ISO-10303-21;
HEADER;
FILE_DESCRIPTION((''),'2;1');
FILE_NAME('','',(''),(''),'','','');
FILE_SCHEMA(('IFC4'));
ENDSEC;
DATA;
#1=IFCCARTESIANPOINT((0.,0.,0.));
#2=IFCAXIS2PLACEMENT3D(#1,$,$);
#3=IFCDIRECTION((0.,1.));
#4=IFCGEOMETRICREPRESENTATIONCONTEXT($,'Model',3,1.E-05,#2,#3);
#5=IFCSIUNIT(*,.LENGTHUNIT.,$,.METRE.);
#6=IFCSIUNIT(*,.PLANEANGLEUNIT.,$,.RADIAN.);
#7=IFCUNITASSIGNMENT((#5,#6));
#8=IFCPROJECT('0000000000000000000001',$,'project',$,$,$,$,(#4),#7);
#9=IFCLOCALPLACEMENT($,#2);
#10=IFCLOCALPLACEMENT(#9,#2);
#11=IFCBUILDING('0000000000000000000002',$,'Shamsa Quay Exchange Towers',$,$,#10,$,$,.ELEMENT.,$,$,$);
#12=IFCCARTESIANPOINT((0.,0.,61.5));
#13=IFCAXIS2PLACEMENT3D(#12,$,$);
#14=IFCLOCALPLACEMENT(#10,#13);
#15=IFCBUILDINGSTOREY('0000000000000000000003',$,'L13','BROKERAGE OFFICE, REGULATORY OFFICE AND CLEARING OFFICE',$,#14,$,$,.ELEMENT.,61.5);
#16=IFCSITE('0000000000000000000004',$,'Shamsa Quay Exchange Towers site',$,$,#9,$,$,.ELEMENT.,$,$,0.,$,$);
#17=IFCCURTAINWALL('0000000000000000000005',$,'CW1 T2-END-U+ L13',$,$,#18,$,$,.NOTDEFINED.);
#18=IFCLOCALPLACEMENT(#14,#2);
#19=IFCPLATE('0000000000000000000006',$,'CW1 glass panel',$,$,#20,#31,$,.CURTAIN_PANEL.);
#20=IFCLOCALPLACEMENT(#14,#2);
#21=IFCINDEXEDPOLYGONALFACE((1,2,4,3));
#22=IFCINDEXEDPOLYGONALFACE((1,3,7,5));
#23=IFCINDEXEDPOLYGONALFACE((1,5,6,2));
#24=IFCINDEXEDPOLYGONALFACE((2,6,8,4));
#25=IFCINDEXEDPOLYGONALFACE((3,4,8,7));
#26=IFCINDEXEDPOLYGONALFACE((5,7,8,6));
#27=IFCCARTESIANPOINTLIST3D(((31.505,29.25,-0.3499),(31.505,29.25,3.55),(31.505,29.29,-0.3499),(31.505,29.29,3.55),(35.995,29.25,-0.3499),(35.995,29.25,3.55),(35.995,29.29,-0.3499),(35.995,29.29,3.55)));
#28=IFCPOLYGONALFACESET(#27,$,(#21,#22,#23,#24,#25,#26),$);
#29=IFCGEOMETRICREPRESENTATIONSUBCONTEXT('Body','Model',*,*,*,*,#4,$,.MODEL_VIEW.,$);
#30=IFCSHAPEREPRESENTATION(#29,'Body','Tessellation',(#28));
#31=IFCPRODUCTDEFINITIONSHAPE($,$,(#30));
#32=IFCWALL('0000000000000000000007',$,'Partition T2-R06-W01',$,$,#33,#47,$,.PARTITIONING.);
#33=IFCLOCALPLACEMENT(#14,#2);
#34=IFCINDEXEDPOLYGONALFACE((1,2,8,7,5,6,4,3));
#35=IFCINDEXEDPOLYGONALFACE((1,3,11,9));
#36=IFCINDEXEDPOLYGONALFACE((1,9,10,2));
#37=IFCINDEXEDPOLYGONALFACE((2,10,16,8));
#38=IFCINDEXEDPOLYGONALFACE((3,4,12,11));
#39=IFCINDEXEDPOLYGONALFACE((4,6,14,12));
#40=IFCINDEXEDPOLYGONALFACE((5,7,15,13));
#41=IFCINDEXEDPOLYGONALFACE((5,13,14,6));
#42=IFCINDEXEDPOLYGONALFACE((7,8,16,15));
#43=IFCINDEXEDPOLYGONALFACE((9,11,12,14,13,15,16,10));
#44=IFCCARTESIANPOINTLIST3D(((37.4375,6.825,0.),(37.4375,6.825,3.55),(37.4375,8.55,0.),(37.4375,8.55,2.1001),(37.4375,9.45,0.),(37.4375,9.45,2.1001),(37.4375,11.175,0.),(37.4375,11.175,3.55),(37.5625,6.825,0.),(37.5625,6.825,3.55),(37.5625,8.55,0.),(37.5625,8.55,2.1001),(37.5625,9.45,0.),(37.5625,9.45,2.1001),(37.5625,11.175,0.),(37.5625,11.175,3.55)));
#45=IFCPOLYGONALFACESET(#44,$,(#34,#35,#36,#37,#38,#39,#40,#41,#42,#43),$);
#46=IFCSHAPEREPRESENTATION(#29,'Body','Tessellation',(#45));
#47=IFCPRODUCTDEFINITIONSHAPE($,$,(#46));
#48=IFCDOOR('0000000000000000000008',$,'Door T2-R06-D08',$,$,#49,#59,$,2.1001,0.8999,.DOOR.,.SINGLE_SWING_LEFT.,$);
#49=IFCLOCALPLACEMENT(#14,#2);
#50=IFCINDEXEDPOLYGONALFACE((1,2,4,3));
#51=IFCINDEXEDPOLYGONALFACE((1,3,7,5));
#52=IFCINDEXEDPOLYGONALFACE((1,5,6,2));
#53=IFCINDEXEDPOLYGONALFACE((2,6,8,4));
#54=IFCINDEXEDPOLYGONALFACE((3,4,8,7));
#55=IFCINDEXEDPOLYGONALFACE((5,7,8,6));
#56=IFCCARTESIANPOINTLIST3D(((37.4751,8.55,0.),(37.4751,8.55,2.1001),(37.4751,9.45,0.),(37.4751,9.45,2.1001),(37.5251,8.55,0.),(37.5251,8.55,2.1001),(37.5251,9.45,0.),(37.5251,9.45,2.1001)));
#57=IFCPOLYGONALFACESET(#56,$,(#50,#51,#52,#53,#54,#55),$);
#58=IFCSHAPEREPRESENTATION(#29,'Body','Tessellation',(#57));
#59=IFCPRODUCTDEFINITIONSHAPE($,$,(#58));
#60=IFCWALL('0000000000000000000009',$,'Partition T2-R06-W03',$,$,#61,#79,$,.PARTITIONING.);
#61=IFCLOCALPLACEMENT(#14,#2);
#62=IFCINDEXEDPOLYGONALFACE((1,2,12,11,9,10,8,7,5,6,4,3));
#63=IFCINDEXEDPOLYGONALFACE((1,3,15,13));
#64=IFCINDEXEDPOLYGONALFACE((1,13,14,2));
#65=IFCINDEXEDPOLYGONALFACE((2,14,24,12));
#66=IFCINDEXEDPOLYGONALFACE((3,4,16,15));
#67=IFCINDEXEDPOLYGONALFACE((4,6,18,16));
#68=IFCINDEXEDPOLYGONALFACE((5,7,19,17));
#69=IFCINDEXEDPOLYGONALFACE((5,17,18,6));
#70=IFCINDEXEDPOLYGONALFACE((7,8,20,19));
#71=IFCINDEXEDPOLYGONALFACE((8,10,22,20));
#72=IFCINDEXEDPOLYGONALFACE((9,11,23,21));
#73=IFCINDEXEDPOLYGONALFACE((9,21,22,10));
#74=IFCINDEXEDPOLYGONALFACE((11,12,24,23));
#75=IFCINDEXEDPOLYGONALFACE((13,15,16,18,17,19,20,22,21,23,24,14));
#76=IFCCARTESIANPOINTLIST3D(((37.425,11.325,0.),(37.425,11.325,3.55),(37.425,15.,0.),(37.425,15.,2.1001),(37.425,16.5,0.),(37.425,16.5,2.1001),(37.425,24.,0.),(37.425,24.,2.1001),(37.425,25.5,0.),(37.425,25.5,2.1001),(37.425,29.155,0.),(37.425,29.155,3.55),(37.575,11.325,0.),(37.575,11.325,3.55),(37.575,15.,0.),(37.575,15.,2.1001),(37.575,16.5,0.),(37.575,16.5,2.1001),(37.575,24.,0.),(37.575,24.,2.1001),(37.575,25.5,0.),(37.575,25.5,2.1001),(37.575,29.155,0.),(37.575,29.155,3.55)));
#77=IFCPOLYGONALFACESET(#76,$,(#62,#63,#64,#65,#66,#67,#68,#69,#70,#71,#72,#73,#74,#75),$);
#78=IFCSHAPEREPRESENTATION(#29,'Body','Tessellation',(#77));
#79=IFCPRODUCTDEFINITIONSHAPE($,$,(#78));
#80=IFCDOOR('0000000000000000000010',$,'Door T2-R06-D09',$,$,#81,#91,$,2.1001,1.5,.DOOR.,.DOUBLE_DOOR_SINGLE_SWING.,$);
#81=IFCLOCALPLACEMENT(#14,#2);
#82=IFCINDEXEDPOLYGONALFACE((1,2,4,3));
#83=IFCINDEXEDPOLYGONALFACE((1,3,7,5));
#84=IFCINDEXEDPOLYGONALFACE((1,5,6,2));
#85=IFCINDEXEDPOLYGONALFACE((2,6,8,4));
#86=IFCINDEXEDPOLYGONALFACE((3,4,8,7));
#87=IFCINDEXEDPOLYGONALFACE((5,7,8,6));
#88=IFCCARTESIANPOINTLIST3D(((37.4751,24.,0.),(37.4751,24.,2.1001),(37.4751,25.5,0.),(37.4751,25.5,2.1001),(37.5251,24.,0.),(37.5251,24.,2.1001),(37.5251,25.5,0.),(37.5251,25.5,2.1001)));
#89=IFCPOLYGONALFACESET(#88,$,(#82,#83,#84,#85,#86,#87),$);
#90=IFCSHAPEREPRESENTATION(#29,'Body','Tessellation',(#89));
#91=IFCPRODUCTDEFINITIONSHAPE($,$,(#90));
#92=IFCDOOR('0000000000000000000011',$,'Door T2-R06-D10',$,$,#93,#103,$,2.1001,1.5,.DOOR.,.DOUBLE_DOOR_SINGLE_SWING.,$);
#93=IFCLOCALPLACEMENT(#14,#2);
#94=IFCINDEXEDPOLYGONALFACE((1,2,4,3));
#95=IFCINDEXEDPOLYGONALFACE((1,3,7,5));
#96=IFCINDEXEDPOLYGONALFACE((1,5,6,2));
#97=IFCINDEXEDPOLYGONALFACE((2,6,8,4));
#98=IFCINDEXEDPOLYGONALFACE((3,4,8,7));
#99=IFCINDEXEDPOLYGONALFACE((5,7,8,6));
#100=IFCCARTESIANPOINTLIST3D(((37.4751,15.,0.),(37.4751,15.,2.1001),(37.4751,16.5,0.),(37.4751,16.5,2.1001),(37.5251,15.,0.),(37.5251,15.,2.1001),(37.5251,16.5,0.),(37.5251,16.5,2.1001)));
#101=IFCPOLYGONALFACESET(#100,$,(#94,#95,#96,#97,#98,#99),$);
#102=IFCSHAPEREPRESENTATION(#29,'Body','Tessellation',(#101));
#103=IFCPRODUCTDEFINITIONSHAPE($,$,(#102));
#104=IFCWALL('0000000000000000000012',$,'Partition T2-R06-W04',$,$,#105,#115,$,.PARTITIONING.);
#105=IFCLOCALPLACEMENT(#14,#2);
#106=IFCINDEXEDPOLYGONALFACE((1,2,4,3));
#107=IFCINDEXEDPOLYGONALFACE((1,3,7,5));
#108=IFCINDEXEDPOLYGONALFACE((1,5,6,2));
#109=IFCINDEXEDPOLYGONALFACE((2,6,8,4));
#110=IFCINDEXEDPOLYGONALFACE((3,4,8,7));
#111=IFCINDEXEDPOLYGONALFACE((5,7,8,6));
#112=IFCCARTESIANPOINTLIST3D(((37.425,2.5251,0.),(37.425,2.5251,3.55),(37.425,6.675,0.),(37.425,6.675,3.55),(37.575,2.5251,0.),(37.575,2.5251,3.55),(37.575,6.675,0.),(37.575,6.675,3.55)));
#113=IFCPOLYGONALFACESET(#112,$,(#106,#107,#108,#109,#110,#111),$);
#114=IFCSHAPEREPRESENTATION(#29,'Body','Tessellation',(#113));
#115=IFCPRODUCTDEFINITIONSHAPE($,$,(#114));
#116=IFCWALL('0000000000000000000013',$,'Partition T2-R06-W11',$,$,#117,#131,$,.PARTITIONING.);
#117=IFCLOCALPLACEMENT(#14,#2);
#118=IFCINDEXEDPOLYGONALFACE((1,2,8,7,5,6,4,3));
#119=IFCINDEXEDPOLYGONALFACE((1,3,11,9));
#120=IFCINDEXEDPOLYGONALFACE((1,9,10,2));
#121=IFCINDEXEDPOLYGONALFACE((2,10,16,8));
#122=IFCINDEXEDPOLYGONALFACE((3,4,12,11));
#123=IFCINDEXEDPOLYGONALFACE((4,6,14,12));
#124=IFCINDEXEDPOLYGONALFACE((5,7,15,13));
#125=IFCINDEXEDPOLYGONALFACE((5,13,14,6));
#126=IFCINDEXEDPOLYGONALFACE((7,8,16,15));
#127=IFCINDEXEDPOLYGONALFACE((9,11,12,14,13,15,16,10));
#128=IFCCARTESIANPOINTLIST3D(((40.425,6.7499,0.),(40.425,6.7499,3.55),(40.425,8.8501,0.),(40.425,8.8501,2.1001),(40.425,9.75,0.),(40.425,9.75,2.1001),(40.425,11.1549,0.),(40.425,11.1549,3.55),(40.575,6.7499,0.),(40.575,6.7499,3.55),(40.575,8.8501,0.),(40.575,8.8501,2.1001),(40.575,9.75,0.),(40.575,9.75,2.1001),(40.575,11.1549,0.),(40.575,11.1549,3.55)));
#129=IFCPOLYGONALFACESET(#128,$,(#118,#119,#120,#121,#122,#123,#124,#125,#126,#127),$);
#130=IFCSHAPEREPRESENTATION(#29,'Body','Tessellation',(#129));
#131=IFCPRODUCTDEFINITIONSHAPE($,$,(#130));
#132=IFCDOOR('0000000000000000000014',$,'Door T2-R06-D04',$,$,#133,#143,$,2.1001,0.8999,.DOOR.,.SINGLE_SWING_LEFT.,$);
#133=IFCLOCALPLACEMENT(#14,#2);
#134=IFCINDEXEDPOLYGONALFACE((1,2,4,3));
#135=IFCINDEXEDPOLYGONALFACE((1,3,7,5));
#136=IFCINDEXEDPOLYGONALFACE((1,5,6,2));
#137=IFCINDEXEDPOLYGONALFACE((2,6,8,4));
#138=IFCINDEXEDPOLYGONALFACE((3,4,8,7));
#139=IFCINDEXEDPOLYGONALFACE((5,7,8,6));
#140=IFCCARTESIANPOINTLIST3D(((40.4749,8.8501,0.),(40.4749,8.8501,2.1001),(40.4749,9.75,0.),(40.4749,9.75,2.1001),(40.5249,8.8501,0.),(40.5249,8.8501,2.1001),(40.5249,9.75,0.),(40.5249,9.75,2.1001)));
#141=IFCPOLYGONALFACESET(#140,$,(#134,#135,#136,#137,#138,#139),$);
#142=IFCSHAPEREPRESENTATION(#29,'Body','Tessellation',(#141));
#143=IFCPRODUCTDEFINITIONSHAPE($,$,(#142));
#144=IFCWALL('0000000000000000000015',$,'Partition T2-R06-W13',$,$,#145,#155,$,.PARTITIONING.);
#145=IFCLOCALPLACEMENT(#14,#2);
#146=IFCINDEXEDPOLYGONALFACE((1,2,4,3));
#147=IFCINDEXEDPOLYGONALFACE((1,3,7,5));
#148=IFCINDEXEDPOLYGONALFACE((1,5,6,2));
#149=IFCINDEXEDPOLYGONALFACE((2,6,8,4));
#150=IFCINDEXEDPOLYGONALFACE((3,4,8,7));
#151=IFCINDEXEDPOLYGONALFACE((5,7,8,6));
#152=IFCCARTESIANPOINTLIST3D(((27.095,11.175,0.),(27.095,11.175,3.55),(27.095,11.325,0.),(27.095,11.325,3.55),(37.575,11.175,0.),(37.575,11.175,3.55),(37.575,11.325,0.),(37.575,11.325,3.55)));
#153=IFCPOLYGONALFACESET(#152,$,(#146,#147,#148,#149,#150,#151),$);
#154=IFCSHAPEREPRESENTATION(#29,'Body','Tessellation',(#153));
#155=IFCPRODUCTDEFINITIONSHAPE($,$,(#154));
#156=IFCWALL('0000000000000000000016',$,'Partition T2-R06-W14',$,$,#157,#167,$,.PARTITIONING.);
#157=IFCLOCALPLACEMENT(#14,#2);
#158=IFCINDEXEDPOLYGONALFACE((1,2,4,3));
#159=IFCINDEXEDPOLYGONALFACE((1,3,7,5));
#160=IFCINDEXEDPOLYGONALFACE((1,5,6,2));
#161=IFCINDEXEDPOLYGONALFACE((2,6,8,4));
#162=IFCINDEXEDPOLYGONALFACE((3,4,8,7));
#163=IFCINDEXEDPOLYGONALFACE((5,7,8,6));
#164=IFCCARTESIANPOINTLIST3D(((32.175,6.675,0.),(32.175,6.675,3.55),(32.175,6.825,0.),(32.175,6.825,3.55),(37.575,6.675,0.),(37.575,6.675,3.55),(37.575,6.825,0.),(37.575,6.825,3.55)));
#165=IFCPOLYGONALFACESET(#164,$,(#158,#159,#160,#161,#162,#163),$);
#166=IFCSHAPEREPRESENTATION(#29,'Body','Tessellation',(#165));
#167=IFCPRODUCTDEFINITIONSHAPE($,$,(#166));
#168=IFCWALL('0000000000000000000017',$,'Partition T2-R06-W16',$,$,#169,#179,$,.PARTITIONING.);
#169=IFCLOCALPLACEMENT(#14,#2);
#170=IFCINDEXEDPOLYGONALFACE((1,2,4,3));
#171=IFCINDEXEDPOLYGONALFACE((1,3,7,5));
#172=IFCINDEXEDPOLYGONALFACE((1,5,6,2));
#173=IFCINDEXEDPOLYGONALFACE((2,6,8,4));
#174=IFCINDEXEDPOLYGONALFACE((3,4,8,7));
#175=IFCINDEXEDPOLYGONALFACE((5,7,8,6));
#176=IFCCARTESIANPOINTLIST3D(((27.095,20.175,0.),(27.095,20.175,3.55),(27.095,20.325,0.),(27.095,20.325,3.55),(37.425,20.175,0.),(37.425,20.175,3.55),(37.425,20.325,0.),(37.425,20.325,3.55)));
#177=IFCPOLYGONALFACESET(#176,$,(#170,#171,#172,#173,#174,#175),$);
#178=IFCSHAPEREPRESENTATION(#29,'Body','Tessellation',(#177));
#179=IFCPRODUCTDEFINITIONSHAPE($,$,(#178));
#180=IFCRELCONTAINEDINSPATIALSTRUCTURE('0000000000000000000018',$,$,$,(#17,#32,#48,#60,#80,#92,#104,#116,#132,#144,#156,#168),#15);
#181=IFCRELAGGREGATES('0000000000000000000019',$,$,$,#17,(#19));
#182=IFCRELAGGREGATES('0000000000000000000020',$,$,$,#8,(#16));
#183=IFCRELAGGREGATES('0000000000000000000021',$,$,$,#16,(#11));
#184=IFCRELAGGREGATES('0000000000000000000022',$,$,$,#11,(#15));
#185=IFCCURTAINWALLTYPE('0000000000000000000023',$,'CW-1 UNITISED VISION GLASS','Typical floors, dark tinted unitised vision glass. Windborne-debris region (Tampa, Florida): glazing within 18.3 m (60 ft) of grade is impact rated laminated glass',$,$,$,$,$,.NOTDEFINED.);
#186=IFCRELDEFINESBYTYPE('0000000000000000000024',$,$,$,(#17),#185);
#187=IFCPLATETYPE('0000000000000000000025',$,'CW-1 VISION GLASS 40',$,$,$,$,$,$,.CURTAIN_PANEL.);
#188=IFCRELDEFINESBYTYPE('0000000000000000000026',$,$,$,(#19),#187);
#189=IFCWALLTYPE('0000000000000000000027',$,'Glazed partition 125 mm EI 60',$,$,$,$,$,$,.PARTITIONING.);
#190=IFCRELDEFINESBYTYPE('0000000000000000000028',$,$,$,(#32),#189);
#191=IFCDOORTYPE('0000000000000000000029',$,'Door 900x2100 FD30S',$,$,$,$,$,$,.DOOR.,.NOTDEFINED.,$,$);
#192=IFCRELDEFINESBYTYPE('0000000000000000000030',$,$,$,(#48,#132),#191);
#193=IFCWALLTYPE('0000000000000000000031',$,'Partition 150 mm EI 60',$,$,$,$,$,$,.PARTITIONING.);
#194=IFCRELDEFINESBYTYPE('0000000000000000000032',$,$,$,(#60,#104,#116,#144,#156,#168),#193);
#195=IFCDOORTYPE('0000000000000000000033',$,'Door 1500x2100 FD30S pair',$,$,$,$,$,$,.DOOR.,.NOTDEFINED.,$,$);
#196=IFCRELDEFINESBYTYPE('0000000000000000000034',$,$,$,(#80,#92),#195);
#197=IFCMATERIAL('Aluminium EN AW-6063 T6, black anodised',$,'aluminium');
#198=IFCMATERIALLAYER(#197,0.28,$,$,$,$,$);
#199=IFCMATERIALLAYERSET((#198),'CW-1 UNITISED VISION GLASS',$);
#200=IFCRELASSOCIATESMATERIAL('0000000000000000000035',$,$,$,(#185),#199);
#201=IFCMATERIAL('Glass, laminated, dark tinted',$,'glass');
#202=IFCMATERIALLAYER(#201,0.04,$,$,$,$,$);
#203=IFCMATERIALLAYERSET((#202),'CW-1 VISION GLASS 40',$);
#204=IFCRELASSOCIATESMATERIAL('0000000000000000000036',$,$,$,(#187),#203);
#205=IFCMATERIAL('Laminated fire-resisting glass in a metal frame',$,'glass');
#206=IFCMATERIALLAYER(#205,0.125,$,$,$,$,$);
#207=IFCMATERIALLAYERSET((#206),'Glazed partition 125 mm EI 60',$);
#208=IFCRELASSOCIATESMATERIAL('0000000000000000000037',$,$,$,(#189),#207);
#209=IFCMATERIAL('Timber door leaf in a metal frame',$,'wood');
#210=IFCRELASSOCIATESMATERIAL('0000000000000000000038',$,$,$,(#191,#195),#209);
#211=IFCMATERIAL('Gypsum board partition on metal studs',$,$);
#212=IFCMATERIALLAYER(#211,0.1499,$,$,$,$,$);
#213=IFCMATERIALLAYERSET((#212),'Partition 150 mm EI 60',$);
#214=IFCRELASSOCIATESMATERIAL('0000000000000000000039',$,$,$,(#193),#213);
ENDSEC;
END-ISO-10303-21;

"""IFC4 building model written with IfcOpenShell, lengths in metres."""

from ifc_helpers import new_model, si_unit, direction, frame, frame_2d, origin, origin_2d, place, context, subcontext, project, spatial, rectangle, extrude, material, layer, layer_set, type_object, element, fill, aggregate, save


model = new_model("IFC4")

# Units and contexts
model_context = context("Model", 3, precision=1e-05, world=origin(), true_north=direction((0.0, 1.0)))
body_context = subcontext(model_context, "Body", "Model", "MODEL_VIEW")
ifc_project = project(units=[si_unit("LENGTHUNIT", "METRE"), si_unit("PLANEANGLEUNIT", "RADIAN")], contexts=[model_context])

# Site, building, storey
site_placement = place(None, origin())
site = spatial("IfcSite", under=ifc_project, at=site_placement, Name="Shamsa Quay Exchange Towers site", CompositionType="ELEMENT", RefElevation=0.0)
building_placement = place(site_placement, origin())
building = spatial("IfcBuilding", under=site, at=building_placement, Name="Shamsa Quay Exchange Towers", CompositionType="ELEMENT")
storey_placement = place(building_placement, frame((0.0, 0.0, 61.5)))
storey = spatial("IfcBuildingStorey", under=building, at=storey_placement, Name="L13", Description="BROKERAGE OFFICE, REGULATORY OFFICE AND CLEARING OFFICE", CompositionType="ELEMENT", Elevation=61.5)

# Shared definitions
ifc_material_1 = material(Name="Aluminium EN AW-6063 T6, black anodised", Category="aluminium")
ifc_layer_1 = layer(ifc_material_1, 0.28)
ifc_layer_set_1 = layer_set([ifc_layer_1], Name="CW-1 UNITISED VISION GLASS")
curtain_wall_type = type_object("IfcCurtainWallType", Name="CW-1 UNITISED VISION GLASS", Description="Typical floors, dark tinted unitised vision glass. Windborne-debris region (Tampa, Florida): glazing within 18.3 m (60 ft) of grade is impact rated laminated glass", PredefinedType="NOTDEFINED", material=ifc_layer_set_1)

# Curtain wall
curtain_wall_1_placement = place(storey_placement, origin())
curtain_wall_1 = element("IfcCurtainWall", 1, at=curtain_wall_1_placement, inside=storey, type_object=curtain_wall_type, Name="CW1 T2-END-U+ L13", PredefinedType="NOTDEFINED")

# Plate
ifc_material_2 = material(Name="Glass, laminated, dark tinted", Category="glass")
ifc_layer_2 = layer(ifc_material_2, 0.04)
ifc_layer_set_2 = layer_set([ifc_layer_2], Name="CW-1 VISION GLASS 40")
plate_type = type_object("IfcPlateType", Name="CW-1 VISION GLASS 40", PredefinedType="CURTAIN_PANEL", material=ifc_layer_set_2)
plate_1_placement = place(storey_placement, frame((33.75, 29.27, -0.3499), z_axis=(0.0, 0.0, 1.0), x_axis=(-1.0, 0.0, 0.0)))
plate_1 = element("IfcPlate", 2, at=plate_1_placement, type_object=plate_type, Name="CW1 glass panel", PredefinedType="CURTAIN_PANEL", context=body_context, shape_type="SweptSolid", body=[
    extrude(rectangle(XDim=4.49, YDim=0.04, at=origin_2d()), origin(), (0.0, 0.0, 1.0), 3.8999),
])
aggregate(curtain_wall_1, [plate_1])

# Wall, opening, door
ifc_material_3 = material(Name="Laminated fire-resisting glass in a metal frame", Category="glass")
ifc_layer_3 = layer(ifc_material_3, 0.125)
ifc_layer_set_3 = layer_set([ifc_layer_3], Name="Glazed partition 125 mm EI 60")
wall_type_1 = type_object("IfcWallType", Name="Glazed partition 125 mm EI 60", PredefinedType="PARTITIONING", material=ifc_layer_set_3)
wall_1_placement = place(storey_placement, frame((37.5, 6.825, 0.0), z_axis=(0.0, 0.0, 1.0), x_axis=(0.0, 1.0, 0.0)))
wall_1 = element("IfcWall", 3, at=wall_1_placement, inside=storey, type_object=wall_type_1, Name="Partition T2-R06-W01", PredefinedType="PARTITIONING", context=body_context, shape_type="SweptSolid", body=[
    extrude(rectangle(XDim=4.3501, YDim=0.125, at=frame_2d((2.175, 0.0))), origin(), (0.0, 0.0, 1.0), 3.55),
])
opening_1_placement = place(wall_1_placement, frame((1.7251, 0.0, 0.0)))
opening_1 = element("IfcOpeningElement", 4, at=opening_1_placement, cuts=wall_1, PredefinedType="OPENING", context=body_context, shape_type="SweptSolid", body=[
    extrude(rectangle(XDim=0.8999, YDim=2.1001, at=frame_2d((0.45, 1.05))), frame((0.0, 0.0725, 0.0), z_axis=(0.0, -1.0, 0.0), x_axis=(1.0, 0.0, 0.0)), (0.0, 0.0, 1.0), 0.145),
])
ifc_material_4 = material(Name="Timber door leaf in a metal frame", Category="wood")
door_type_1 = type_object("IfcDoorType", Name="Door 900x2100 FD30S", OperationType="NOTDEFINED", PredefinedType="DOOR", material=ifc_material_4)
door_1_placement = place(opening_1_placement, origin())
door_1 = element("IfcDoor", 5, at=door_1_placement, inside=storey, type_object=door_type_1, Name="Door T2-R06-D08", OperationType="SINGLE_SWING_LEFT", OverallHeight=2.1001, OverallWidth=0.8999, PredefinedType="DOOR", context=body_context, shape_type="SweptSolid", body=[
    extrude(rectangle(XDim=0.8999, YDim=2.1001, at=frame_2d((0.45, 1.05))), frame((0.0, 0.0249, 0.0), z_axis=(0.0, -1.0, 0.0), x_axis=(1.0, 0.0, 0.0)), (0.0, 0.0, 1.0), 0.05),
])
fill(opening_1, door_1)

# Wall, openings, doors
ifc_material_5 = material(Name="Gypsum board partition on metal studs")
ifc_layer_4 = layer(ifc_material_5, 0.1499)
ifc_layer_set_4 = layer_set([ifc_layer_4], Name="Partition 150 mm EI 60")
wall_type_2 = type_object("IfcWallType", Name="Partition 150 mm EI 60", PredefinedType="PARTITIONING", material=ifc_layer_set_4)
wall_2_placement = place(storey_placement, frame((37.5, 11.325, 0.0), z_axis=(0.0, 0.0, 1.0), x_axis=(0.0, 1.0, 0.0)))
wall_2 = element("IfcWall", 6, at=wall_2_placement, inside=storey, type_object=wall_type_2, Name="Partition T2-R06-W03", PredefinedType="PARTITIONING", context=body_context, shape_type="SweptSolid", body=[
    extrude(rectangle(XDim=17.8301, YDim=0.1499, at=frame_2d((8.915, 0.0))), origin(), (0.0, 0.0, 1.0), 3.55),
])
opening_2_placement = place(wall_2_placement, frame((12.675, 0.0, 0.0)))
opening_2 = element("IfcOpeningElement", 7, at=opening_2_placement, cuts=wall_2, PredefinedType="OPENING", context=body_context, shape_type="SweptSolid", body=[
    extrude(rectangle(XDim=1.5, YDim=2.1001, at=frame_2d((0.75, 1.05))), frame((0.0, 0.085, 0.0), z_axis=(0.0, -1.0, 0.0), x_axis=(1.0, 0.0, 0.0)), (0.0, 0.0, 1.0), 0.1699),
])
opening_3_placement = place(wall_2_placement, frame((3.675, 0.0, 0.0)))
opening_3 = element("IfcOpeningElement", 8, at=opening_3_placement, cuts=wall_2, PredefinedType="OPENING", context=body_context, shape_type="SweptSolid", body=[
    extrude(rectangle(XDim=1.5, YDim=2.1001, at=frame_2d((0.75, 1.05))), frame((0.0, 0.085, 0.0), z_axis=(0.0, -1.0, 0.0), x_axis=(1.0, 0.0, 0.0)), (0.0, 0.0, 1.0), 0.1699),
])
door_type_2 = type_object("IfcDoorType", Name="Door 1500x2100 FD30S pair", OperationType="NOTDEFINED", PredefinedType="DOOR", material=ifc_material_4)
door_2_placement = place(opening_2_placement, origin())
door_2 = element("IfcDoor", 9, at=door_2_placement, inside=storey, type_object=door_type_2, Name="Door T2-R06-D09", OperationType="DOUBLE_DOOR_SINGLE_SWING", OverallHeight=2.1001, OverallWidth=1.5, PredefinedType="DOOR", context=body_context, shape_type="SweptSolid", body=[
    extrude(rectangle(XDim=1.5, YDim=2.1001, at=frame_2d((0.75, 1.05))), frame((0.0, 0.0249, 0.0), z_axis=(0.0, -1.0, 0.0), x_axis=(1.0, 0.0, 0.0)), (0.0, 0.0, 1.0), 0.05),
])
fill(opening_2, door_2)
door_3_placement = place(opening_3_placement, origin())
door_3 = element("IfcDoor", 10, at=door_3_placement, inside=storey, type_object=door_type_2, Name="Door T2-R06-D10", OperationType="DOUBLE_DOOR_SINGLE_SWING", OverallHeight=2.1001, OverallWidth=1.5, PredefinedType="DOOR", context=body_context, shape_type="SweptSolid", body=[
    extrude(rectangle(XDim=1.5, YDim=2.1001, at=frame_2d((0.75, 1.05))), frame((0.0, 0.0249, 0.0), z_axis=(0.0, -1.0, 0.0), x_axis=(1.0, 0.0, 0.0)), (0.0, 0.0, 1.0), 0.05),
])
fill(opening_3, door_3)

# Wall
wall_3_placement = place(storey_placement, frame((37.5, 2.5251, 0.0), z_axis=(0.0, 0.0, 1.0), x_axis=(0.0, 1.0, 0.0)))
element("IfcWall", 11, at=wall_3_placement, inside=storey, type_object=wall_type_2, Name="Partition T2-R06-W04", PredefinedType="PARTITIONING", context=body_context, shape_type="SweptSolid", body=[
    extrude(rectangle(XDim=4.1499, YDim=0.1499, at=frame_2d((2.075, 0.0))), origin(), (0.0, 0.0, 1.0), 3.55),
])

# Wall, opening, door
wall_4_placement = place(storey_placement, frame((40.5, 11.155, 0.0), z_axis=(0.0, 0.0, 1.0), x_axis=(0.0, -1.0, 0.0)))
wall_4 = element("IfcWall", 12, at=wall_4_placement, inside=storey, type_object=wall_type_2, Name="Partition T2-R06-W11", PredefinedType="PARTITIONING", context=body_context, shape_type="SweptSolid", body=[
    extrude(rectangle(XDim=4.405, YDim=0.1499, at=frame_2d((2.2026, 0.0))), origin(), (0.0, 0.0, 1.0), 3.55),
])
opening_4_placement = place(wall_4_placement, frame((1.405, 0.0, 0.0)))
opening_4 = element("IfcOpeningElement", 13, at=opening_4_placement, cuts=wall_4, PredefinedType="OPENING", context=body_context, shape_type="SweptSolid", body=[
    extrude(rectangle(XDim=0.8999, YDim=2.1001, at=frame_2d((0.45, 1.05))), frame((0.0, 0.085, 0.0), z_axis=(0.0, -1.0, 0.0), x_axis=(1.0, 0.0, 0.0)), (0.0, 0.0, 1.0), 0.1699),
])
door_4_placement = place(opening_4_placement, origin())
door_4 = element("IfcDoor", 14, at=door_4_placement, inside=storey, type_object=door_type_1, Name="Door T2-R06-D04", OperationType="SINGLE_SWING_LEFT", OverallHeight=2.1001, OverallWidth=0.8999, PredefinedType="DOOR", context=body_context, shape_type="SweptSolid", body=[
    extrude(rectangle(XDim=0.8999, YDim=2.1001, at=frame_2d((0.45, 1.05))), frame((0.0, 0.0249, 0.0), z_axis=(0.0, -1.0, 0.0), x_axis=(1.0, 0.0, 0.0)), (0.0, 0.0, 1.0), 0.05),
])
fill(opening_4, door_4)

# Walls
wall_5_placement = place(storey_placement, frame((37.575, 11.25, 0.0), z_axis=(0.0, 0.0, 1.0), x_axis=(-1.0, 0.0, 0.0)))
element("IfcWall", 15, at=wall_5_placement, inside=storey, type_object=wall_type_2, Name="Partition T2-R06-W13", PredefinedType="PARTITIONING", context=body_context, shape_type="SweptSolid", body=[
    extrude(rectangle(XDim=10.48, YDim=0.1499, at=frame_2d((5.24, 0.0))), origin(), (0.0, 0.0, 1.0), 3.55),
])
wall_6_placement = place(storey_placement, frame((32.175, 6.75, 0.0)))
element("IfcWall", 16, at=wall_6_placement, inside=storey, type_object=wall_type_2, Name="Partition T2-R06-W14", PredefinedType="PARTITIONING", context=body_context, shape_type="SweptSolid", body=[
    extrude(rectangle(XDim=5.3999, YDim=0.1499, at=frame_2d((2.7, 0.0))), origin(), (0.0, 0.0, 1.0), 3.55),
])
wall_7_placement = place(storey_placement, frame((37.425, 20.25, 0.0), z_axis=(0.0, 0.0, 1.0), x_axis=(-1.0, 0.0, 0.0)))
element("IfcWall", 17, at=wall_7_placement, inside=storey, type_object=wall_type_2, Name="Partition T2-R06-W16", PredefinedType="PARTITIONING", context=body_context, shape_type="SweptSolid", body=[
    extrude(rectangle(XDim=10.3301, YDim=0.1499, at=frame_2d((5.165, 0.0))), origin(), (0.0, 0.0, 1.0), 3.55),
])

save(model, "model.ifc")
